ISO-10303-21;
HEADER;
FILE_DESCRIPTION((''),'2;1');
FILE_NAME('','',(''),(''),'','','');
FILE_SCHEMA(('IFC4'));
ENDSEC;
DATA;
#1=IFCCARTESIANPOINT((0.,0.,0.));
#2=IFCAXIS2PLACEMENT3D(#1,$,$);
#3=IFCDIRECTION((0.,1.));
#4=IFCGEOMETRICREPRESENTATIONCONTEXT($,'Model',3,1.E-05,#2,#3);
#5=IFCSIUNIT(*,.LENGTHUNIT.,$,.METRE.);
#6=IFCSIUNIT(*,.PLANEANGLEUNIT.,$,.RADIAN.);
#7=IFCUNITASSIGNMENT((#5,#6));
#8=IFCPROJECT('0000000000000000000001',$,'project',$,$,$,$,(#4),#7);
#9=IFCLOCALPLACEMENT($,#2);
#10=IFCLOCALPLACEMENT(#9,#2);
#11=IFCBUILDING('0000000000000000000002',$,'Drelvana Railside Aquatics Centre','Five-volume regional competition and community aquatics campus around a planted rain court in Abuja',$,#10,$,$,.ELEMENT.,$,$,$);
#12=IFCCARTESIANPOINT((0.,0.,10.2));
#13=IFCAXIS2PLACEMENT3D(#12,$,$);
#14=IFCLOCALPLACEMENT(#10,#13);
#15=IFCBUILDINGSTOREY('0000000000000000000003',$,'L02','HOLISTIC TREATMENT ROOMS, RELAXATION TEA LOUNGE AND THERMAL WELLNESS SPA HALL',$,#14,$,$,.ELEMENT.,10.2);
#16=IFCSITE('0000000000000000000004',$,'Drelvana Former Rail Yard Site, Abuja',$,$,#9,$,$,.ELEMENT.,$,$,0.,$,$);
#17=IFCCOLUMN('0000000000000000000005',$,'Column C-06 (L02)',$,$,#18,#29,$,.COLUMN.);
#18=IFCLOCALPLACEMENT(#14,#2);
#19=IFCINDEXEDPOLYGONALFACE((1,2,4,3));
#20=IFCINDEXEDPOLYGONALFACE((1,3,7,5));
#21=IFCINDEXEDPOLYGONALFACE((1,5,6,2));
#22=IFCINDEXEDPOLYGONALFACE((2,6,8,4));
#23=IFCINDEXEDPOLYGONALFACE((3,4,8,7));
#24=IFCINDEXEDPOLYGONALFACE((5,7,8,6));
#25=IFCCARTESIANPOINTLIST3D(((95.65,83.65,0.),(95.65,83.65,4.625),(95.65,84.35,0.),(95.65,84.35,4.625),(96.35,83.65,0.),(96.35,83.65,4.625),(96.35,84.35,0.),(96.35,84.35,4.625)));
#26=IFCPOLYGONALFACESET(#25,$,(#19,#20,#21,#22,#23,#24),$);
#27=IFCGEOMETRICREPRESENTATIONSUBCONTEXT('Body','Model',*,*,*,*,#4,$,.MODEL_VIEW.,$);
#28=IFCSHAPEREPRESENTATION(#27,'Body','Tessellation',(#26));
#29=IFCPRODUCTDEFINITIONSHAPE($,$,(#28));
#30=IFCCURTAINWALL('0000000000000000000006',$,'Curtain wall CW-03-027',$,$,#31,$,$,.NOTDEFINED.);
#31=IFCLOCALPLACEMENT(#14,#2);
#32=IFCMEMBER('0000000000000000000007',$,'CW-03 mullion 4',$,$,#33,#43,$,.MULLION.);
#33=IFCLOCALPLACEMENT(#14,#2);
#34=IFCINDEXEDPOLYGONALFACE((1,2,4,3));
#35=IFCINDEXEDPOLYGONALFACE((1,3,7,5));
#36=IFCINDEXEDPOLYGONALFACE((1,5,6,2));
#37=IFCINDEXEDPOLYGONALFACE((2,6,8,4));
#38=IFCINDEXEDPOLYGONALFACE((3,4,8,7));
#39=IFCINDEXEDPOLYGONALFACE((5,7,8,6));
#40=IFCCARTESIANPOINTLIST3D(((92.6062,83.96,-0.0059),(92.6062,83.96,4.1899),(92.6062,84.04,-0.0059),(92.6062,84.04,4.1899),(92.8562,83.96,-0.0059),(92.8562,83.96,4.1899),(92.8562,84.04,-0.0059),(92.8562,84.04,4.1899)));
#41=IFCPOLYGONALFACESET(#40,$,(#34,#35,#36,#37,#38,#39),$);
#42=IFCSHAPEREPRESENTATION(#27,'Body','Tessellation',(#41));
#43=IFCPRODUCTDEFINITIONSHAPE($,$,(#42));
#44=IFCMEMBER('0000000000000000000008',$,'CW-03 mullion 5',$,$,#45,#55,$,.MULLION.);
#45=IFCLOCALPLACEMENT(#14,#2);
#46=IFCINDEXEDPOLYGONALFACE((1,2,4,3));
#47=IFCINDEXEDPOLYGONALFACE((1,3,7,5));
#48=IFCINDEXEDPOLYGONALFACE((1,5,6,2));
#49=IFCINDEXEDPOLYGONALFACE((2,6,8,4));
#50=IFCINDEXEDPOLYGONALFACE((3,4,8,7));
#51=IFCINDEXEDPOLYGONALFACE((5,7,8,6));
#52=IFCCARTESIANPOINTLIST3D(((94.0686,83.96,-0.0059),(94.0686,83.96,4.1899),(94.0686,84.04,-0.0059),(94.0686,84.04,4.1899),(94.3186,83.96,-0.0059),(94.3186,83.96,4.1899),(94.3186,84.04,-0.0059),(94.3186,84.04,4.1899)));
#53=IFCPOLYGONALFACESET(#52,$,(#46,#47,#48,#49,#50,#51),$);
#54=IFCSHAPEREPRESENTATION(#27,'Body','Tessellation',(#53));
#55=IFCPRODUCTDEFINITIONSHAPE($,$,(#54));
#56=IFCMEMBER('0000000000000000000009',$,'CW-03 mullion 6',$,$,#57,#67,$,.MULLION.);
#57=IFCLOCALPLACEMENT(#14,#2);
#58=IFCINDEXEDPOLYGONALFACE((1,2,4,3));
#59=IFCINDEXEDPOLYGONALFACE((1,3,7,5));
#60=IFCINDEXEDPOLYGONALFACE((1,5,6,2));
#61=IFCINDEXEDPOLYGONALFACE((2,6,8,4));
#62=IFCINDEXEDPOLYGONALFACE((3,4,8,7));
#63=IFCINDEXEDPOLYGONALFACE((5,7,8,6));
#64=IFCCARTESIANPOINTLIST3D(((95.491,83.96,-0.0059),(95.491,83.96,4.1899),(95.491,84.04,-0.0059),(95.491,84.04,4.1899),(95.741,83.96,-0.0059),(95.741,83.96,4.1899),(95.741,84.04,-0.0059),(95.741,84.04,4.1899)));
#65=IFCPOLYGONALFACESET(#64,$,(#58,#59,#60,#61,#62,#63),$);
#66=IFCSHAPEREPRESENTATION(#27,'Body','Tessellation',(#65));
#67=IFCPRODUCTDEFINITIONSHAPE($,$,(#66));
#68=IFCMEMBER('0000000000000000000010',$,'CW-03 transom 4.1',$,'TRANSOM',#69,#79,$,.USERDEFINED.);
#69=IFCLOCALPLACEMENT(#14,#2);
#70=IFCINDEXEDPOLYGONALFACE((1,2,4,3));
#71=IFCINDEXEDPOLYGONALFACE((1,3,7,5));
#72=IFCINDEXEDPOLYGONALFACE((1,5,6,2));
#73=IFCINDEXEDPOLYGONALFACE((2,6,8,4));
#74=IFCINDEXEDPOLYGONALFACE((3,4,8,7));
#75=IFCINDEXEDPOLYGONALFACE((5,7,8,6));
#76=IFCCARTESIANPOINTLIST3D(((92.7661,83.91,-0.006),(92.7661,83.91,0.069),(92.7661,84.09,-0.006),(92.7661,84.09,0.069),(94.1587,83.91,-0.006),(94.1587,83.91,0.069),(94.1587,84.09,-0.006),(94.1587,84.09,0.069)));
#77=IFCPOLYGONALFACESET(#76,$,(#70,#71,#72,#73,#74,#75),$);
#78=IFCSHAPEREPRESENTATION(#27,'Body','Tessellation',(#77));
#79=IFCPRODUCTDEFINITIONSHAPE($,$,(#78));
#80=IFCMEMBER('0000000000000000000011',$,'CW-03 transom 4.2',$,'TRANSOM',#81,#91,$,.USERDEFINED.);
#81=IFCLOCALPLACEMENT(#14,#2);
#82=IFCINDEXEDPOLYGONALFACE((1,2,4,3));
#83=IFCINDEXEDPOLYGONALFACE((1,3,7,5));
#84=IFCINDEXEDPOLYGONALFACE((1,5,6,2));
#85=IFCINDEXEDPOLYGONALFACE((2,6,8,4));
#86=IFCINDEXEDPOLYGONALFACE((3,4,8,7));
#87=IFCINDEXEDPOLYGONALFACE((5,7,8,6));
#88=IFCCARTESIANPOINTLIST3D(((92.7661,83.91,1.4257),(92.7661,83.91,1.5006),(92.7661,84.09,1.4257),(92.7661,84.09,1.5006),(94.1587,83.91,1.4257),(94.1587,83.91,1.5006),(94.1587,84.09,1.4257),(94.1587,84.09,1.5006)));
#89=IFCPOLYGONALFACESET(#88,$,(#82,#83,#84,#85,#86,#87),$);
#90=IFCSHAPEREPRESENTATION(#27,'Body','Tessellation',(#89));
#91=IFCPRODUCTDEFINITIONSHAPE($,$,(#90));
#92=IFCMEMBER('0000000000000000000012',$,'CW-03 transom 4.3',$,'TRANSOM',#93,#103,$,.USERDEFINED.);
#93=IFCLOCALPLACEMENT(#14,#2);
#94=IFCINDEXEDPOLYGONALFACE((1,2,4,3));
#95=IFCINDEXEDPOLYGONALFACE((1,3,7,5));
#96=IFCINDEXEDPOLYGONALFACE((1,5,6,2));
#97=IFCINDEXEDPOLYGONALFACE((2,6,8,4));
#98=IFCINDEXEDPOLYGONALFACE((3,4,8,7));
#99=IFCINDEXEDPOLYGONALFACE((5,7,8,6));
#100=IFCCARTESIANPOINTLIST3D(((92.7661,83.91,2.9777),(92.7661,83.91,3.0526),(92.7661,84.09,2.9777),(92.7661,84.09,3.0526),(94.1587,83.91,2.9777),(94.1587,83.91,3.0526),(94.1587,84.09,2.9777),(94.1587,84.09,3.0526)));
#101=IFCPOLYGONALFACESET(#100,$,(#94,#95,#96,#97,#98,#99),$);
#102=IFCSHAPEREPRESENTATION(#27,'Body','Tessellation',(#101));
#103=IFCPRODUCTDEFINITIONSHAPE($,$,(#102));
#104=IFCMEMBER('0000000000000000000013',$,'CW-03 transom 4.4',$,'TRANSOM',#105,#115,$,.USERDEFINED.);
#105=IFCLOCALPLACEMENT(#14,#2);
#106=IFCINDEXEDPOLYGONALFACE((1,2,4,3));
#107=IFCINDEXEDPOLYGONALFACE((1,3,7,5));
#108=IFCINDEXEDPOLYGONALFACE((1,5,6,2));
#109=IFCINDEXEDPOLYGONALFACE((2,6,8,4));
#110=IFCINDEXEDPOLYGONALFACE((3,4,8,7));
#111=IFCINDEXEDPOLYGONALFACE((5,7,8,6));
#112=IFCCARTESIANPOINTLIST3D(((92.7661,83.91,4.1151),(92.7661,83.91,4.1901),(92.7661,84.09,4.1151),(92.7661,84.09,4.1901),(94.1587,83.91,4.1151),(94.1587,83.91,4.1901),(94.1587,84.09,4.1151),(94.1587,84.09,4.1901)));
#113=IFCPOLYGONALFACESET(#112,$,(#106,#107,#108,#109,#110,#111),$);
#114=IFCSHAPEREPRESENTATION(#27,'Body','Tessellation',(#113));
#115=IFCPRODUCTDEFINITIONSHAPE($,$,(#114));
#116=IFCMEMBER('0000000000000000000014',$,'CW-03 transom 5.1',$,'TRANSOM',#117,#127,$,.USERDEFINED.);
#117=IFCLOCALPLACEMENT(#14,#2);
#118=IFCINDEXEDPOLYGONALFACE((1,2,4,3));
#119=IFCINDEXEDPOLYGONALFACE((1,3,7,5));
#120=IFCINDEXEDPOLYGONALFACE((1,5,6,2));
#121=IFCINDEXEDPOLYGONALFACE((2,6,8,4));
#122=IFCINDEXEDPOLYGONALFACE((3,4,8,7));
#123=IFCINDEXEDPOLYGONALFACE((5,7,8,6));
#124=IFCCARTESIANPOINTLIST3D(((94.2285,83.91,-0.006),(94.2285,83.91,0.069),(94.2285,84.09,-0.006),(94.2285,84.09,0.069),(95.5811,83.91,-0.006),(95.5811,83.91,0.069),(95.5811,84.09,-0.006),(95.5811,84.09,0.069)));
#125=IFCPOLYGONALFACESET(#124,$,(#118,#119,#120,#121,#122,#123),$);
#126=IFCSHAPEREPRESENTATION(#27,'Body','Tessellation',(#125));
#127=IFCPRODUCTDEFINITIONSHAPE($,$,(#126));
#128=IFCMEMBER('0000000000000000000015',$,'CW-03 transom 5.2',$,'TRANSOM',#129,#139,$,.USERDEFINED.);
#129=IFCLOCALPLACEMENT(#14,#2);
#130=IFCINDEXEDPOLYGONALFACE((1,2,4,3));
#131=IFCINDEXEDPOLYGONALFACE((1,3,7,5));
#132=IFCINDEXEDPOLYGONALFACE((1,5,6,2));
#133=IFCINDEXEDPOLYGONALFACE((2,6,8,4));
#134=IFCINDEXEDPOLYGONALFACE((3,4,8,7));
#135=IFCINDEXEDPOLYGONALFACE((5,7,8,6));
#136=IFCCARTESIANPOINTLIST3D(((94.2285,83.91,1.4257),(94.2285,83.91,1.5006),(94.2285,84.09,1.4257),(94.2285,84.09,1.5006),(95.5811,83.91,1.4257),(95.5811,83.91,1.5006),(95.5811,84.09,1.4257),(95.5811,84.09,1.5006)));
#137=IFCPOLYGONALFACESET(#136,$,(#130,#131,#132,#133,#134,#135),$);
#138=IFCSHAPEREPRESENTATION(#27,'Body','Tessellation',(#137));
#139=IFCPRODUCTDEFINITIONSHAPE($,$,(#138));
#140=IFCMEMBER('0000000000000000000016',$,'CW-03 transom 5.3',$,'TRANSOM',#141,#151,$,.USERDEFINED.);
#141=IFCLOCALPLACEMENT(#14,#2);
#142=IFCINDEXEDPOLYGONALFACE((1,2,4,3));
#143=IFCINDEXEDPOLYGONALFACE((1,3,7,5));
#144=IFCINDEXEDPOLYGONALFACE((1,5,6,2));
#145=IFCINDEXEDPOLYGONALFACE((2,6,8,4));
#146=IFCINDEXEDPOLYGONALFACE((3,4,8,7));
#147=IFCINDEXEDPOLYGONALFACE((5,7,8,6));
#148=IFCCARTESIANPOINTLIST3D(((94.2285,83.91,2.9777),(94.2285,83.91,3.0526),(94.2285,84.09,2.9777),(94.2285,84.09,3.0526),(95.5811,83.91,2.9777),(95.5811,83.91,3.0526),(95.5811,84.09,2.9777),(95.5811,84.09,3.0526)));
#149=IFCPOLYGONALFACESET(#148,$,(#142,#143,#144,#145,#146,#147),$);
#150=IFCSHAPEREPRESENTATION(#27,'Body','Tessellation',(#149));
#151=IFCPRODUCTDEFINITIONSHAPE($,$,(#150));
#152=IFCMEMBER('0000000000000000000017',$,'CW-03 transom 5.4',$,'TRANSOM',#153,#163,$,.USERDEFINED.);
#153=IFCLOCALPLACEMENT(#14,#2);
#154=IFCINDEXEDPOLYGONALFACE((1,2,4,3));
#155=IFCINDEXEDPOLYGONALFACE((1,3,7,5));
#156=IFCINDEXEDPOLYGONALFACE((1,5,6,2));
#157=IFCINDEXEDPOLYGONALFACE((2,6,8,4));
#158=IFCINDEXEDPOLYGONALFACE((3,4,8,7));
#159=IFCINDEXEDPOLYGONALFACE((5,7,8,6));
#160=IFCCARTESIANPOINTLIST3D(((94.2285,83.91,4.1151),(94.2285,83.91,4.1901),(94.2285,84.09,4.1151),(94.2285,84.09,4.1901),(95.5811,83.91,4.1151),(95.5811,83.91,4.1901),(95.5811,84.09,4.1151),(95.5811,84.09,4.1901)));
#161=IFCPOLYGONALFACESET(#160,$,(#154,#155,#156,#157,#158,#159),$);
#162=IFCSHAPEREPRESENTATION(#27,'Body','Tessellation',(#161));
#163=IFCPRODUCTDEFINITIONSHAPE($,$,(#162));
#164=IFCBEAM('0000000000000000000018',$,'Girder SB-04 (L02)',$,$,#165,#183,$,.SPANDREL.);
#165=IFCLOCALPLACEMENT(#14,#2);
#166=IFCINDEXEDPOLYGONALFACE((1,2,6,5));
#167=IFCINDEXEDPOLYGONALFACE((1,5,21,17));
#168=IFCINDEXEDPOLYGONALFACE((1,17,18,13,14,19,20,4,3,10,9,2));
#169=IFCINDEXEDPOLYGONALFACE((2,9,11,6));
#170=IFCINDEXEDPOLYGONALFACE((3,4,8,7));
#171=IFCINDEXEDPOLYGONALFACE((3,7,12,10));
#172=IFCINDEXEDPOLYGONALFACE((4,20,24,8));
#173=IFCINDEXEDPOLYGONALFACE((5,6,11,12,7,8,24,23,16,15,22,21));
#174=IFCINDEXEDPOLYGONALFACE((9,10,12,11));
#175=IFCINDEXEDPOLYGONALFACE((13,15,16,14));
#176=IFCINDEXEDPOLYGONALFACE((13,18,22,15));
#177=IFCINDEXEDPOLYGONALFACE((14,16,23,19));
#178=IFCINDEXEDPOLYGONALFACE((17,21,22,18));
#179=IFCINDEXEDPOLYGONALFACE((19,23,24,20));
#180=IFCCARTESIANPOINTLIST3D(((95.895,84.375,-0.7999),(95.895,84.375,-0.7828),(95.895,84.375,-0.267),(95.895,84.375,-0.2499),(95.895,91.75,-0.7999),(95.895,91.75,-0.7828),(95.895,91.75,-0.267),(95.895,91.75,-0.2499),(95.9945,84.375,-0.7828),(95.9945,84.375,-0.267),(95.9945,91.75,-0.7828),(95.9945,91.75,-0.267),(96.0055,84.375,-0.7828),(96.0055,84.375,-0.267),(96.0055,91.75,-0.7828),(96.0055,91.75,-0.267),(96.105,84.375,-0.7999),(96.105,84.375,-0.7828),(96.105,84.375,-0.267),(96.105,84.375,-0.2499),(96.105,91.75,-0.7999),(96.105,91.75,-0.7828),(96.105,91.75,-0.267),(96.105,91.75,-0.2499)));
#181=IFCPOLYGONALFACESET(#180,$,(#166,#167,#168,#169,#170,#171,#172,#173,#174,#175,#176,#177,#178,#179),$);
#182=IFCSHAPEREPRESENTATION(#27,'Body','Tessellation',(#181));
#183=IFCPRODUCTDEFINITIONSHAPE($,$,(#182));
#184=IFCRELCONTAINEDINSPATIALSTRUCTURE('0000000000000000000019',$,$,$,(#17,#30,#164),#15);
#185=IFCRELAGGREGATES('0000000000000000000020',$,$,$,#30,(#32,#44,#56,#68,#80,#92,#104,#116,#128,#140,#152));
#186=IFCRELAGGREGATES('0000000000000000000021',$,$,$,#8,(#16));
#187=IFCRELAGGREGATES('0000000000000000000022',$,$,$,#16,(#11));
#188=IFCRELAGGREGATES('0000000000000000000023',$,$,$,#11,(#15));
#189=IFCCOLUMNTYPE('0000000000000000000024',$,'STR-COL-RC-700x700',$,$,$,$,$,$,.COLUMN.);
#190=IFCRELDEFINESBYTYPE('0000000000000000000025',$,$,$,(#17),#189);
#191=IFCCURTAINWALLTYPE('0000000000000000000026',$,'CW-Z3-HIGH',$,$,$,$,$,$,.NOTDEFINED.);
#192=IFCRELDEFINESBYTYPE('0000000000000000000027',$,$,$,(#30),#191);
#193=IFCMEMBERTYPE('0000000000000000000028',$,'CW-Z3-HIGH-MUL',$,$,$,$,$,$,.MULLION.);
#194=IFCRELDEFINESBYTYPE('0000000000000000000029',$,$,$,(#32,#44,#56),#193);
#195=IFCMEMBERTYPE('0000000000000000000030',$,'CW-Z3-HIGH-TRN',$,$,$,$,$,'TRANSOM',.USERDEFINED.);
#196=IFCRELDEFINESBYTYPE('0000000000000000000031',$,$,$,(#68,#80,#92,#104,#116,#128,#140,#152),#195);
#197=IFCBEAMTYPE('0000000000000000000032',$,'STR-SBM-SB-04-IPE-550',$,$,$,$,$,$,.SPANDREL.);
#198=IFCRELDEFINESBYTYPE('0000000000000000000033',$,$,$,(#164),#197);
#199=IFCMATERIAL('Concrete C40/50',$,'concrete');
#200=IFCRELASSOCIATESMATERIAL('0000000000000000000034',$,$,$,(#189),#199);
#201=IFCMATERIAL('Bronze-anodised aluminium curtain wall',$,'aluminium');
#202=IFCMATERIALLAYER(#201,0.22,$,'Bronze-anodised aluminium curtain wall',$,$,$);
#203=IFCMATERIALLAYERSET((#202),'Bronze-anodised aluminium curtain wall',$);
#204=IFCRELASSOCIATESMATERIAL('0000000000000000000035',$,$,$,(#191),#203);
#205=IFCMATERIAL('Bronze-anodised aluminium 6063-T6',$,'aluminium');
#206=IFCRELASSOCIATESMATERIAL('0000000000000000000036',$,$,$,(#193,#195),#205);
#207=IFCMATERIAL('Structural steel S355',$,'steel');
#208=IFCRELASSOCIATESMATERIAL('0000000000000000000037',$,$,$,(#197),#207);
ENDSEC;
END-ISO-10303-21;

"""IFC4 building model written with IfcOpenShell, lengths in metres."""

from ifc_helpers import new_model, si_unit, direction, frame, origin, origin_2d, place, context, subcontext, project, spatial, rectangle, i_section, extrude, material, layer, layer_set, material_profile, profile_set, type_object, element, aggregate, save


model = new_model("IFC4")

# Units and contexts
model_context = context("Model", 3, precision=1e-05, world=origin(), true_north=direction((0.0, 1.0)))
body_context = subcontext(model_context, "Body", "Model", "MODEL_VIEW")
ifc_project = project(units=[si_unit("LENGTHUNIT", "METRE"), si_unit("PLANEANGLEUNIT", "RADIAN")], contexts=[model_context])

# Site, building, storey
site_placement = place(None, origin())
site = spatial("IfcSite", under=ifc_project, at=site_placement, Name="Drelvana Former Rail Yard Site, Abuja", CompositionType="ELEMENT", RefElevation=0.0)
building_placement = place(site_placement, origin())
building = spatial("IfcBuilding", under=site, at=building_placement, Name="Drelvana Railside Aquatics Centre", Description="Five-volume regional competition and community aquatics campus around a planted rain court in Abuja", CompositionType="ELEMENT")
storey_placement = place(building_placement, frame((0.0, 0.0, 10.2)))
storey = spatial("IfcBuildingStorey", under=building, at=storey_placement, Name="L02", Description="HOLISTIC TREATMENT ROOMS, RELAXATION TEA LOUNGE AND THERMAL WELLNESS SPA HALL", CompositionType="ELEMENT", Elevation=10.2)

# Column
ifc_material_1 = material(Name="Concrete C40/50", Category="concrete")
ifc_material_profile_1 = material_profile(ifc_material_1, rectangle(XDim=0.7, YDim=0.7, at=origin_2d()), Name="RC 700x700")
ifc_profile_set_1 = profile_set([ifc_material_profile_1], Name="Concrete C40/50")
column_type = type_object("IfcColumnType", Name="STR-COL-RC-700x700", PredefinedType="COLUMN", material=ifc_profile_set_1)
column_placement = place(storey_placement, frame((96.0, 84.0, 0.0), z_axis=(0.0, 0.0, 1.0), x_axis=(1.0, 0.0, 0.0)))
element("IfcColumn", 1, at=column_placement, inside=storey, type_object=column_type, Name="Column C-06 (L02)", PredefinedType="COLUMN", context=body_context, shape_type="SweptSolid", body=[
    extrude(rectangle(XDim=0.7, YDim=0.7, at=origin_2d()), origin(), (0.0, 0.0, 1.0), 4.625),
])

# Curtain wall, members
ifc_material_2 = material(Name="Bronze-anodised aluminium curtain wall", Category="aluminium")
ifc_layer_1 = layer(ifc_material_2, 0.22, Name="Bronze-anodised aluminium curtain wall")
ifc_layer_set_1 = layer_set([ifc_layer_1], Name="Bronze-anodised aluminium curtain wall")
curtain_wall_type = type_object("IfcCurtainWallType", Name="CW-Z3-HIGH", PredefinedType="NOTDEFINED", material=ifc_layer_set_1)
curtain_wall_placement = place(storey_placement, origin())
curtain_wall = element("IfcCurtainWall", 2, at=curtain_wall_placement, inside=storey, type_object=curtain_wall_type, Name="Curtain wall CW-03-027", PredefinedType="NOTDEFINED")
ifc_material_3 = material(Name="Bronze-anodised aluminium 6063-T6", Category="aluminium")
ifc_material_profile_2 = material_profile(ifc_material_3, rectangle(XDim=0.0801, YDim=0.25, at=origin_2d()), Name="ALU-M 80x250")
ifc_profile_set_2 = profile_set([ifc_material_profile_2], Name="Bronze-anodised aluminium 6063-T6")
member_type_1 = type_object("IfcMemberType", Name="CW-Z3-HIGH-MUL", PredefinedType="MULLION", material=ifc_profile_set_2)
member_1_placement = place(storey_placement, frame((92.7312, 84.0, -0.0059), z_axis=(0.0, 0.0, 1.0), x_axis=(0.0, 1.0, 0.0)))
member_1 = element("IfcMember", 3, at=member_1_placement, type_object=member_type_1, Name="CW-03 mullion 4", PredefinedType="MULLION", context=body_context, shape_type="SweptSolid", body=[
    extrude(rectangle(XDim=0.0801, YDim=0.25, at=origin_2d()), origin(), (0.0, 0.0, 1.0), 4.1958),
])
member_2_placement = place(storey_placement, frame((94.1936, 84.0, -0.0059), z_axis=(0.0, 0.0, 1.0), x_axis=(0.0, 1.0, 0.0)))
member_2 = element("IfcMember", 4, at=member_2_placement, type_object=member_type_1, Name="CW-03 mullion 5", PredefinedType="MULLION", context=body_context, shape_type="SweptSolid", body=[
    extrude(rectangle(XDim=0.0801, YDim=0.25, at=origin_2d()), origin(), (0.0, 0.0, 1.0), 4.1958),
])
member_3_placement = place(storey_placement, frame((95.616, 84.0, -0.0059), z_axis=(0.0, 0.0, 1.0), x_axis=(0.0, 1.0, 0.0)))
member_3 = element("IfcMember", 5, at=member_3_placement, type_object=member_type_1, Name="CW-03 mullion 6", PredefinedType="MULLION", context=body_context, shape_type="SweptSolid", body=[
    extrude(rectangle(XDim=0.0801, YDim=0.25, at=origin_2d()), origin(), (0.0, 0.0, 1.0), 4.1958),
])
ifc_material_profile_3 = material_profile(ifc_material_3, rectangle(XDim=0.1799, YDim=0.075, at=origin_2d()), Name="ALU-T 75x180")
ifc_profile_set_3 = profile_set([ifc_material_profile_3], Name="Bronze-anodised aluminium 6063-T6")
member_type_2 = type_object("IfcMemberType", Name="CW-Z3-HIGH-TRN", ElementType="TRANSOM", PredefinedType="USERDEFINED", material=ifc_profile_set_3)
member_4_placement = place(storey_placement, frame((92.7661, 84.0, 0.0315), z_axis=(1.0, 0.0, 0.0), x_axis=(0.0, 1.0, 0.0)))
member_4 = element("IfcMember", 6, at=member_4_placement, type_object=member_type_2, Name="CW-03 transom 4.1", ObjectType="TRANSOM", PredefinedType="USERDEFINED", context=body_context, shape_type="SweptSolid", body=[
    extrude(rectangle(XDim=0.1799, YDim=0.075, at=origin_2d()), origin(), (0.0, 0.0, 1.0), 1.3926),
])
member_5_placement = place(storey_placement, frame((92.7661, 84.0, 1.4631), z_axis=(1.0, 0.0, 0.0), x_axis=(0.0, 1.0, 0.0)))
member_5 = element("IfcMember", 7, at=member_5_placement, type_object=member_type_2, Name="CW-03 transom 4.2", ObjectType="TRANSOM", PredefinedType="USERDEFINED", context=body_context, shape_type="SweptSolid", body=[
    extrude(rectangle(XDim=0.1799, YDim=0.075, at=origin_2d()), origin(), (0.0, 0.0, 1.0), 1.3926),
])
member_6_placement = place(storey_placement, frame((92.7661, 84.0, 3.0151), z_axis=(1.0, 0.0, 0.0), x_axis=(0.0, 1.0, 0.0)))
member_6 = element("IfcMember", 8, at=member_6_placement, type_object=member_type_2, Name="CW-03 transom 4.3", ObjectType="TRANSOM", PredefinedType="USERDEFINED", context=body_context, shape_type="SweptSolid", body=[
    extrude(rectangle(XDim=0.1799, YDim=0.075, at=origin_2d()), origin(), (0.0, 0.0, 1.0), 1.3926),
])
member_7_placement = place(storey_placement, frame((92.7661, 84.0, 4.1526), z_axis=(1.0, 0.0, 0.0), x_axis=(0.0, 1.0, 0.0)))
member_7 = element("IfcMember", 9, at=member_7_placement, type_object=member_type_2, Name="CW-03 transom 4.4", ObjectType="TRANSOM", PredefinedType="USERDEFINED", context=body_context, shape_type="SweptSolid", body=[
    extrude(rectangle(XDim=0.1799, YDim=0.075, at=origin_2d()), origin(), (0.0, 0.0, 1.0), 1.3926),
])
member_8_placement = place(storey_placement, frame((94.2285, 84.0, 0.0315), z_axis=(1.0, 0.0, 0.0), x_axis=(0.0, 1.0, 0.0)))
member_8 = element("IfcMember", 10, at=member_8_placement, type_object=member_type_2, Name="CW-03 transom 5.1", ObjectType="TRANSOM", PredefinedType="USERDEFINED", context=body_context, shape_type="SweptSolid", body=[
    extrude(rectangle(XDim=0.1799, YDim=0.075, at=origin_2d()), origin(), (0.0, 0.0, 1.0), 1.3525),
])
member_9_placement = place(storey_placement, frame((94.2285, 84.0, 1.4631), z_axis=(1.0, 0.0, 0.0), x_axis=(0.0, 1.0, 0.0)))
member_9 = element("IfcMember", 11, at=member_9_placement, type_object=member_type_2, Name="CW-03 transom 5.2", ObjectType="TRANSOM", PredefinedType="USERDEFINED", context=body_context, shape_type="SweptSolid", body=[
    extrude(rectangle(XDim=0.1799, YDim=0.075, at=origin_2d()), origin(), (0.0, 0.0, 1.0), 1.3525),
])
member_10_placement = place(storey_placement, frame((94.2285, 84.0, 3.0151), z_axis=(1.0, 0.0, 0.0), x_axis=(0.0, 1.0, 0.0)))
member_10 = element("IfcMember", 12, at=member_10_placement, type_object=member_type_2, Name="CW-03 transom 5.3", ObjectType="TRANSOM", PredefinedType="USERDEFINED", context=body_context, shape_type="SweptSolid", body=[
    extrude(rectangle(XDim=0.1799, YDim=0.075, at=origin_2d()), origin(), (0.0, 0.0, 1.0), 1.3525),
])
member_11_placement = place(storey_placement, frame((94.2285, 84.0, 4.1526), z_axis=(1.0, 0.0, 0.0), x_axis=(0.0, 1.0, 0.0)))
member_11 = element("IfcMember", 13, at=member_11_placement, type_object=member_type_2, Name="CW-03 transom 5.4", ObjectType="TRANSOM", PredefinedType="USERDEFINED", context=body_context, shape_type="SweptSolid", body=[
    extrude(rectangle(XDim=0.1799, YDim=0.075, at=origin_2d()), origin(), (0.0, 0.0, 1.0), 1.3525),
])

# Beam
ifc_material_4 = material(Name="Structural steel S355", Category="steel")
ifc_material_profile_4 = material_profile(ifc_material_4, i_section(OverallWidth=0.21, OverallDepth=0.55, WebThickness=0.011, FlangeThickness=0.0171, at=origin_2d()), Name="IPE 550")
ifc_profile_set_4 = profile_set([ifc_material_profile_4], Name="Structural steel S355")
beam_type = type_object("IfcBeamType", Name="STR-SBM-SB-04-IPE-550", PredefinedType="SPANDREL", material=ifc_profile_set_4)
beam_placement = place(storey_placement, frame((96.0, 84.375, -0.5249), z_axis=(0.0, 1.0, 0.0), x_axis=(-1.0, 0.0, 0.0)))
element("IfcBeam", 14, at=beam_placement, inside=storey, type_object=beam_type, Name="Girder SB-04 (L02)", PredefinedType="SPANDREL", context=body_context, shape_type="SweptSolid", body=[
    extrude(i_section(OverallWidth=0.21, OverallDepth=0.55, WebThickness=0.011, FlangeThickness=0.0171, at=origin_2d()), origin(), (0.0, 0.0, 1.0), 7.375),
])

aggregate(curtain_wall, [member_1, member_2, member_3, member_4, member_5, member_6, member_7, member_8, member_9, member_10, member_11])

save(model, "model.ifc")
